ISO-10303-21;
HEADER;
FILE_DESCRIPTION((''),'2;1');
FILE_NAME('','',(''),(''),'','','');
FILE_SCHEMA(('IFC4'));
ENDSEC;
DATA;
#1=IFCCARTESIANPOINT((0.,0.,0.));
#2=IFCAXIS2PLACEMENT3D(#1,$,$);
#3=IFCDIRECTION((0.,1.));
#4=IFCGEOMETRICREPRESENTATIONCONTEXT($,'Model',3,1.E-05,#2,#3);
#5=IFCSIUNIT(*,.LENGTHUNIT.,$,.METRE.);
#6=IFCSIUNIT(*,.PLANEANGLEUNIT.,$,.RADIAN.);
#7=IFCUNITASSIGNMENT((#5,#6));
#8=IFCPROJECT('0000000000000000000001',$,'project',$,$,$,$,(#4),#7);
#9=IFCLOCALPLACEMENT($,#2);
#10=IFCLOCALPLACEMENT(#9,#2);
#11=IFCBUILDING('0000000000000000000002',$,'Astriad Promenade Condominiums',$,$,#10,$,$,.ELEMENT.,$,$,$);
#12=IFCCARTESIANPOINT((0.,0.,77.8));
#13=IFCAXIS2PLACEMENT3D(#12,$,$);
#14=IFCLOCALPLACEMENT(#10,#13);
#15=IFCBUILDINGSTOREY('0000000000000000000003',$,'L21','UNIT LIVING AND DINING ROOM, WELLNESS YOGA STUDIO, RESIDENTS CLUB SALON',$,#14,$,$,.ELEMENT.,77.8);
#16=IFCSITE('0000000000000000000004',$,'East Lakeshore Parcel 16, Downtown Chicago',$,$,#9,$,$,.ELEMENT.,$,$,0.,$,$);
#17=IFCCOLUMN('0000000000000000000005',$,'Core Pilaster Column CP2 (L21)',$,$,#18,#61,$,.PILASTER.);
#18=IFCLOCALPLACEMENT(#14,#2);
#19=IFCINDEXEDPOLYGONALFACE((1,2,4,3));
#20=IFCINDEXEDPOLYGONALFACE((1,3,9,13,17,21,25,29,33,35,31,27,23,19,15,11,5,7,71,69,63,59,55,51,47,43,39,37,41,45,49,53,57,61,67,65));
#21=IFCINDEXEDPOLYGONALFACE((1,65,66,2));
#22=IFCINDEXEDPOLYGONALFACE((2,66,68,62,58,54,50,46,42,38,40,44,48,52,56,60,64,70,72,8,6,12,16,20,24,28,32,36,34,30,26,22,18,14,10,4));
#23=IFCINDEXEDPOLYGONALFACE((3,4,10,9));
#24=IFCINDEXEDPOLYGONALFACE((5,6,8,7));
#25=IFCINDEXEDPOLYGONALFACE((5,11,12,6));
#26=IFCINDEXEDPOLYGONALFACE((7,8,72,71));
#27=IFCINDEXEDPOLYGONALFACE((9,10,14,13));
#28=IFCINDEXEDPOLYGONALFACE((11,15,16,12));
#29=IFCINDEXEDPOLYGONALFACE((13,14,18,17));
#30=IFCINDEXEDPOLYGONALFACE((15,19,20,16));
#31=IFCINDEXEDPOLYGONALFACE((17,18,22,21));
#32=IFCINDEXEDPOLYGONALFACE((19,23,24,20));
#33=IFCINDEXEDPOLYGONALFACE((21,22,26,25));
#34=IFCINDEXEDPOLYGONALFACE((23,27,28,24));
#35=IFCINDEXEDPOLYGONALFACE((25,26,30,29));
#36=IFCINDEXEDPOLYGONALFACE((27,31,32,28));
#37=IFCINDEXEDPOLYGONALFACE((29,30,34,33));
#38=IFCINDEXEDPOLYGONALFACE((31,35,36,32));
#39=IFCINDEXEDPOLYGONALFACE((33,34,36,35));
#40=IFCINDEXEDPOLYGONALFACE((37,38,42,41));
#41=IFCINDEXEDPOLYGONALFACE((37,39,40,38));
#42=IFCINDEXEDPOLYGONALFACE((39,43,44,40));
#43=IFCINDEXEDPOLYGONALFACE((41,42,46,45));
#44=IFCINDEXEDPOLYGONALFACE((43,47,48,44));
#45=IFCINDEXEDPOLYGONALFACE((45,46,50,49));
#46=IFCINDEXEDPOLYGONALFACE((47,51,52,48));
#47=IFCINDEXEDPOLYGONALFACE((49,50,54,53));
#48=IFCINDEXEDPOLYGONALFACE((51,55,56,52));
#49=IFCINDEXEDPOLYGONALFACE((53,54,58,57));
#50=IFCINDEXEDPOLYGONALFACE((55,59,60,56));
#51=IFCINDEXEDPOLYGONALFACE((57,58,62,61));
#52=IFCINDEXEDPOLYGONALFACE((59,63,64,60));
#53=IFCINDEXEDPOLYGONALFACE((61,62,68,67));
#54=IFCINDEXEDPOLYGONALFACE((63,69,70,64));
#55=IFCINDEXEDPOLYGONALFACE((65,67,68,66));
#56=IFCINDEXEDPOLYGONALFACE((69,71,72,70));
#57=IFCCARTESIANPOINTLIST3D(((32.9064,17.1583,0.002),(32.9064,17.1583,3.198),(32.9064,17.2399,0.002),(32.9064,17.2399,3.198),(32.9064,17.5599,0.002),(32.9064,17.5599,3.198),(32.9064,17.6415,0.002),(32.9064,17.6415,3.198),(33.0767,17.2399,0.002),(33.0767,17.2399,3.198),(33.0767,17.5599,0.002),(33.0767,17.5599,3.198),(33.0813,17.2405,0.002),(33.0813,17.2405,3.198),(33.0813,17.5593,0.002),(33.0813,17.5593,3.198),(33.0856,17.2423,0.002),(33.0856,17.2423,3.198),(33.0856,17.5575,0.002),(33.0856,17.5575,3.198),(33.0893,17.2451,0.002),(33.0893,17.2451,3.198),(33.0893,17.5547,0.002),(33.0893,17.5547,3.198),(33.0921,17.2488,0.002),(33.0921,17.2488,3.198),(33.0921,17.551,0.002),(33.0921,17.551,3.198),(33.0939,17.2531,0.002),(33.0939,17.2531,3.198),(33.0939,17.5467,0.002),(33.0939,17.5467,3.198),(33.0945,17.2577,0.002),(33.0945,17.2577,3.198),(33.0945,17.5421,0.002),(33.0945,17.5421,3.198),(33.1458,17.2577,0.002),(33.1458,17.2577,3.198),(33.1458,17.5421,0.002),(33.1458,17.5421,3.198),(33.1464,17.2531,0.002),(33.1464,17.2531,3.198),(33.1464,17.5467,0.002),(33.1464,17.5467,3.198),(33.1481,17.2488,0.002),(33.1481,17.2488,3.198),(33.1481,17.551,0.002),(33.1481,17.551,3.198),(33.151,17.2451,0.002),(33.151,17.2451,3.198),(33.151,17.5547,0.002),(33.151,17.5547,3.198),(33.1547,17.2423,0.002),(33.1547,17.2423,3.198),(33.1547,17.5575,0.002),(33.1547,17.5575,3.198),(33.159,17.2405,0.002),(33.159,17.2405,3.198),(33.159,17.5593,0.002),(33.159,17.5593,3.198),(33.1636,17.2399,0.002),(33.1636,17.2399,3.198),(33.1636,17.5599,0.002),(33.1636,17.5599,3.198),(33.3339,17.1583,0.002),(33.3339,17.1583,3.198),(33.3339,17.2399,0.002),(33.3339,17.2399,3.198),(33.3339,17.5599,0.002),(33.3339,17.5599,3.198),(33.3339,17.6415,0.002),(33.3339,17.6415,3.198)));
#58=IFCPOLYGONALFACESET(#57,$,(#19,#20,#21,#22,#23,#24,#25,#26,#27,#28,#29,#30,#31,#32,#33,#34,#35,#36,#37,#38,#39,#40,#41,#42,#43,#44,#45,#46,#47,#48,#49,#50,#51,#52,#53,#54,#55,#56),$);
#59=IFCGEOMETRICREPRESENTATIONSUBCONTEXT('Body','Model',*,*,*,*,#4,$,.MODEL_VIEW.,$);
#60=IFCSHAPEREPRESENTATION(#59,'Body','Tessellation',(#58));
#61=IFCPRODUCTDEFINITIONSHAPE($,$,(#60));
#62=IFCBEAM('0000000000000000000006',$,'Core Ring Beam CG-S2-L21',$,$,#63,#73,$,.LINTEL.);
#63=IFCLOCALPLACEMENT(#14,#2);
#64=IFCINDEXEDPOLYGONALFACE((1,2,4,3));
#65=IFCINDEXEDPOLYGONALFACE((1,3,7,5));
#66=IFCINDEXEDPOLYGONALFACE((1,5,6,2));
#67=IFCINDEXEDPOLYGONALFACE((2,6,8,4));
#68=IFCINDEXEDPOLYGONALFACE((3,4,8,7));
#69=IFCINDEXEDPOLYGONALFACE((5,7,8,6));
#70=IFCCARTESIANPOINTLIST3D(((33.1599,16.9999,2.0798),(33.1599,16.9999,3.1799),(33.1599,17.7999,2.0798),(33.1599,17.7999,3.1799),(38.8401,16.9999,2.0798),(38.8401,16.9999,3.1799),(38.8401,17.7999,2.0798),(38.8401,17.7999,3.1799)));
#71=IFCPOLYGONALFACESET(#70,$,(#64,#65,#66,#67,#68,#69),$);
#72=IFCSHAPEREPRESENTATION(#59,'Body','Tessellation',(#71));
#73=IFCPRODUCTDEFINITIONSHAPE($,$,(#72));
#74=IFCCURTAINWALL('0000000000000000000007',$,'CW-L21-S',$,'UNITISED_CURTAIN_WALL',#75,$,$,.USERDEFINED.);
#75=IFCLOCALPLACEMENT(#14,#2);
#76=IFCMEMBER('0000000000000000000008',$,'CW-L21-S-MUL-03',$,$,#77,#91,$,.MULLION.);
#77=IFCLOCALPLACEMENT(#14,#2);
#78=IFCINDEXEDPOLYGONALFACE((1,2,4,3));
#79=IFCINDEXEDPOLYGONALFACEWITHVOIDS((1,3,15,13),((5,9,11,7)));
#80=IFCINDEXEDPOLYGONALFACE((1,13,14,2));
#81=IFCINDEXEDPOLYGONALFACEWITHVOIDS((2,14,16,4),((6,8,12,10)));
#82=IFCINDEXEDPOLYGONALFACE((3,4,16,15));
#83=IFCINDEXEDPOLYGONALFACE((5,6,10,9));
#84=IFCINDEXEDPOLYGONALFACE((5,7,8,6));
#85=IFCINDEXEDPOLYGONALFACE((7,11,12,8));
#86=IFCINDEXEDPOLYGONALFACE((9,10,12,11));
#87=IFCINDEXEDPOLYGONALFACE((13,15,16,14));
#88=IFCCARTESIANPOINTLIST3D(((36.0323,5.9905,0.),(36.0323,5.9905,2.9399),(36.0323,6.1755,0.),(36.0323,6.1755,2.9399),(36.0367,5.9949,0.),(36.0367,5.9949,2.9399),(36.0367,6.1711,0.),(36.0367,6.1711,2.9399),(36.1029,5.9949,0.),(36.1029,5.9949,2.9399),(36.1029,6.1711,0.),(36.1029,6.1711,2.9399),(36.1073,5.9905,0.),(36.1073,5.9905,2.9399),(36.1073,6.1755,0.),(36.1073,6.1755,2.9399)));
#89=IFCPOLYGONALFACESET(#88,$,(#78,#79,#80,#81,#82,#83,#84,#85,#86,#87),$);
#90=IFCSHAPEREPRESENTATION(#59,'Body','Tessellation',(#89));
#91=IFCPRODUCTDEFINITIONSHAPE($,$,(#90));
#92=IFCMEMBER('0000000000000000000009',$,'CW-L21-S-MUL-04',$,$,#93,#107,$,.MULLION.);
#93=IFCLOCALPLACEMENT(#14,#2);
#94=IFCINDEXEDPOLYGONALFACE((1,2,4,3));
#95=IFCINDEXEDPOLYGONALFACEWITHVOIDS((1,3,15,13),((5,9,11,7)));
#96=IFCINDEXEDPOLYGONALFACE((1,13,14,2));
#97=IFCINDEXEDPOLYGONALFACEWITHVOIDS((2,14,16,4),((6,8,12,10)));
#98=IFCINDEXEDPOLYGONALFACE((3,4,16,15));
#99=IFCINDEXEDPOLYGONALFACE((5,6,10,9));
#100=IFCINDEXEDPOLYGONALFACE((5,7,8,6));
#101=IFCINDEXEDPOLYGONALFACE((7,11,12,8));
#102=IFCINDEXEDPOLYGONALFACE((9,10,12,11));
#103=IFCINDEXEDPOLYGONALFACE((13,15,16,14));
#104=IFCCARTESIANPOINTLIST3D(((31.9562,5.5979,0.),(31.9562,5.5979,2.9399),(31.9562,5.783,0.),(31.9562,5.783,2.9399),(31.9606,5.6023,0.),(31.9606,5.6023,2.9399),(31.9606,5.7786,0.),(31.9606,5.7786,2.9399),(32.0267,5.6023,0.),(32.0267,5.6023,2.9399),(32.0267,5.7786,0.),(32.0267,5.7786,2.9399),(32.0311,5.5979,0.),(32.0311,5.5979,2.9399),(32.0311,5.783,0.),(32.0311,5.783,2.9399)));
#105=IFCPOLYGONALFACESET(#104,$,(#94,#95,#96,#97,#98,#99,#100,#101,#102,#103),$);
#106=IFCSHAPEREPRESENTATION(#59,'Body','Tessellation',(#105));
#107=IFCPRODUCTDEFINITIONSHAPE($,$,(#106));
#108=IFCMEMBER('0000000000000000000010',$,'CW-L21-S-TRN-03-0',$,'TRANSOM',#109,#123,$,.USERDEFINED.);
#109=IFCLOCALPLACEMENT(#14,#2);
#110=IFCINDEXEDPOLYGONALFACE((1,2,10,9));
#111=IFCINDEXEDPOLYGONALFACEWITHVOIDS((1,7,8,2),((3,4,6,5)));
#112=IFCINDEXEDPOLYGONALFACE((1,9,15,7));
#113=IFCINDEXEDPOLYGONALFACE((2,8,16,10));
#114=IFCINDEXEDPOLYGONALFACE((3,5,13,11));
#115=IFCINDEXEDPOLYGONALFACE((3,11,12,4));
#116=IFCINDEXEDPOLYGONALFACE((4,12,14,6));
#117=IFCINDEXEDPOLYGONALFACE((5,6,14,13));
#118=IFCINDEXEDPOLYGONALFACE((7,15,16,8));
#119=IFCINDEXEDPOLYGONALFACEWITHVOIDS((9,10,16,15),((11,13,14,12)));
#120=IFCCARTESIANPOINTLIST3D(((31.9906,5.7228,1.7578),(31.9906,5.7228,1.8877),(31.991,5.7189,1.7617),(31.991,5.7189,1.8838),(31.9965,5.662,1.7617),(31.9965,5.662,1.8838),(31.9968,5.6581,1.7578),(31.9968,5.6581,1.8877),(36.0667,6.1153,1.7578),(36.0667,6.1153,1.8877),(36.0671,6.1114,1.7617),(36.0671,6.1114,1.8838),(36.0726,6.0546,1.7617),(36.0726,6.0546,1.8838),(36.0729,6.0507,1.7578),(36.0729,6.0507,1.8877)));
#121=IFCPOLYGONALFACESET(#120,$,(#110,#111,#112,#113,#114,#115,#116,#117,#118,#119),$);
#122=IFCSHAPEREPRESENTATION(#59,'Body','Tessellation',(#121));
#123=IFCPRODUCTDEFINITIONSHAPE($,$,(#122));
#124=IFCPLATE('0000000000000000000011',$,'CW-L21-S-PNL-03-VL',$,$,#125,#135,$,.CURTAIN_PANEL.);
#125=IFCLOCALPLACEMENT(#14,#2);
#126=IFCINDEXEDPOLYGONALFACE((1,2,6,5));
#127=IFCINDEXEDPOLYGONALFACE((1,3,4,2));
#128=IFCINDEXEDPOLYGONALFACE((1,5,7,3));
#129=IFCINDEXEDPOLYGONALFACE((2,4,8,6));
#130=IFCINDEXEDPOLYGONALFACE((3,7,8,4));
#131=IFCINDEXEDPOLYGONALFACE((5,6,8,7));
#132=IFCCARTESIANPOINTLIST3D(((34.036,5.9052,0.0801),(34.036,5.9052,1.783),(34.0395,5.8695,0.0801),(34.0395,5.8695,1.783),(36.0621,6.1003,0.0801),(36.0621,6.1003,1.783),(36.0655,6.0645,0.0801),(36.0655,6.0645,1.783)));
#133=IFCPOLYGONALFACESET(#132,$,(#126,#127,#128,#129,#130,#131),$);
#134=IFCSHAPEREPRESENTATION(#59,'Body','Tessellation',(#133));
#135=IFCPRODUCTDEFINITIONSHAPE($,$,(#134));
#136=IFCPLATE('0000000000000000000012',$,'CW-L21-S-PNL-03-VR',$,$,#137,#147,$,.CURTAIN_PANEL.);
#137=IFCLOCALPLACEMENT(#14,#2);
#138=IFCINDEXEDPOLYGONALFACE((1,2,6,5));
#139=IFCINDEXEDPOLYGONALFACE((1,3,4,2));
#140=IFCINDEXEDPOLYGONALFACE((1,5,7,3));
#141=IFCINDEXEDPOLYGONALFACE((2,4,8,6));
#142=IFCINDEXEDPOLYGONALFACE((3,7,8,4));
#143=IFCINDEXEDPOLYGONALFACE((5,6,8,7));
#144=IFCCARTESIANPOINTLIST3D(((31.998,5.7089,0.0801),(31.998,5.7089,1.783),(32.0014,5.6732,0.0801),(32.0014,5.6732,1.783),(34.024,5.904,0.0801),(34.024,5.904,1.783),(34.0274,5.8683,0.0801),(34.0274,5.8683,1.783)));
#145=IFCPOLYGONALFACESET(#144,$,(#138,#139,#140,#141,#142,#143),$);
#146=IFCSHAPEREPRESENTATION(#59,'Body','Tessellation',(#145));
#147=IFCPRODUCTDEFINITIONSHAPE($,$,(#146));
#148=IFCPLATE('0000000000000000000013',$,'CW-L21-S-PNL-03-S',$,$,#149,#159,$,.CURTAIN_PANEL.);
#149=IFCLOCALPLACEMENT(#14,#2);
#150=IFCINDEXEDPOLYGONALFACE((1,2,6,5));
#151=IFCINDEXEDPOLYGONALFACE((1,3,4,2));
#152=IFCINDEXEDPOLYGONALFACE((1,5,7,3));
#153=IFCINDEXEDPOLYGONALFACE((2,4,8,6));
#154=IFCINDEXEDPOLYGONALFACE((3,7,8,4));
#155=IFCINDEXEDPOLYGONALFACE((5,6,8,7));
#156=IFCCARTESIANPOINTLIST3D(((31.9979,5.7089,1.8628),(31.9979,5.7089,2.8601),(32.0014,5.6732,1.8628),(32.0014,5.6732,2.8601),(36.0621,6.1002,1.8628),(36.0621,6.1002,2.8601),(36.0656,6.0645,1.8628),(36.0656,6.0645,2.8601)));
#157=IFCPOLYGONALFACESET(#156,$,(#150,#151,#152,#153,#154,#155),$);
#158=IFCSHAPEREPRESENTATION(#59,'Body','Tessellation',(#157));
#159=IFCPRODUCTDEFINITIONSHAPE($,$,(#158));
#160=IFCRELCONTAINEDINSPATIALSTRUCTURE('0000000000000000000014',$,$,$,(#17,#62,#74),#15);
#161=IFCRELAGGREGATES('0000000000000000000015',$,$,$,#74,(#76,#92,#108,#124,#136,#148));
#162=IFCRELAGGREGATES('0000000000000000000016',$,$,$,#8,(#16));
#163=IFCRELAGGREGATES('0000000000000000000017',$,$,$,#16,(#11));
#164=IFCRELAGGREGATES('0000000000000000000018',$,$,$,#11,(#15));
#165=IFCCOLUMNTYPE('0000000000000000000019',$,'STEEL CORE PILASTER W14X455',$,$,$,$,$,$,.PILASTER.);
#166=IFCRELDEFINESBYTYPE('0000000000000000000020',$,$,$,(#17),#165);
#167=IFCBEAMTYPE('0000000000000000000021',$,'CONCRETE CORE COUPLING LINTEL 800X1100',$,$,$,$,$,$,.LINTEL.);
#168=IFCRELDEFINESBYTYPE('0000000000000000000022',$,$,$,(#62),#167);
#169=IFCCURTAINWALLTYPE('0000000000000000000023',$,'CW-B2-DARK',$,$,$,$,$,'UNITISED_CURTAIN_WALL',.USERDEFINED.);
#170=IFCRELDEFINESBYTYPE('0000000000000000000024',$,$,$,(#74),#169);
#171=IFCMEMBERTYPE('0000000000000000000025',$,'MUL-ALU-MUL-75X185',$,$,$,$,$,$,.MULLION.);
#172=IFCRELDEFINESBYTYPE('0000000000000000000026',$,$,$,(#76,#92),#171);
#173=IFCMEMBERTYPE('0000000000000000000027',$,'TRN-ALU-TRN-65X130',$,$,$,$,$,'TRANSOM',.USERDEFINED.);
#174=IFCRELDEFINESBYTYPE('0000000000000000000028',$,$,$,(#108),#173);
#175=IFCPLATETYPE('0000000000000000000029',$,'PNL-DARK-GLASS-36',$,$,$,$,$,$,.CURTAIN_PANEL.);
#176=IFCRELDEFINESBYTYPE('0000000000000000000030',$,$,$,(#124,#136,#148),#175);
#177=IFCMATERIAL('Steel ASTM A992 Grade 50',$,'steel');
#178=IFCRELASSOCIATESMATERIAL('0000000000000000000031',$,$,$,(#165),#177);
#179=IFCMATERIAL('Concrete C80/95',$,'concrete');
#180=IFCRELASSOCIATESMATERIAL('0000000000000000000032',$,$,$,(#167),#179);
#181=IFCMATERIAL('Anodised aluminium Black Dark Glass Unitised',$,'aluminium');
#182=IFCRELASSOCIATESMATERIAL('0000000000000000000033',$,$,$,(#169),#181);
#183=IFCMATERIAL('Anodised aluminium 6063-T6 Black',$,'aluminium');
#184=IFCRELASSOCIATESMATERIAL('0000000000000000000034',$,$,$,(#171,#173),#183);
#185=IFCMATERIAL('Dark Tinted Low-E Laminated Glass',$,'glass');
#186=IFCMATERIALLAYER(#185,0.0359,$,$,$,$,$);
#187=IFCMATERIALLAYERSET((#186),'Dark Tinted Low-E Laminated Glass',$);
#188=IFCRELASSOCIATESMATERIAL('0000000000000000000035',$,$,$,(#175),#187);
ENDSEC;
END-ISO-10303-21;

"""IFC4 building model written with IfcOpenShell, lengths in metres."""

from ifc_helpers import new_model, si_unit, direction, frame, origin, origin_2d, place, context, subcontext, project, spatial, rectangle, hollow_rectangle, i_section, extrude, source, transform, mapped, material, layer, layer_set, material_profile, profile_set, type_object, type_shapes, element, aggregate, save


model = new_model("IFC4")

# Units and contexts
model_context = context("Model", 3, precision=1e-05, world=origin(), true_north=direction((0.0, 1.0)))
body_context = subcontext(model_context, "Body", "Model", "MODEL_VIEW")
ifc_project = project(units=[si_unit("LENGTHUNIT", "METRE"), si_unit("PLANEANGLEUNIT", "RADIAN")], contexts=[model_context])

# Site, building, storey
site_placement = place(None, origin())
site = spatial("IfcSite", under=ifc_project, at=site_placement, Name="East Lakeshore Parcel 16, Downtown Chicago", CompositionType="ELEMENT", RefElevation=0.0)
building_placement = place(site_placement, origin())
building = spatial("IfcBuilding", under=site, at=building_placement, Name="Astriad Promenade Condominiums", CompositionType="ELEMENT")
storey_placement = place(building_placement, frame((0.0, 0.0, 77.8)))
storey = spatial("IfcBuildingStorey", under=building, at=storey_placement, Name="L21", Description="UNIT LIVING AND DINING ROOM, WELLNESS YOGA STUDIO, RESIDENTS CLUB SALON", CompositionType="ELEMENT", Elevation=77.8)

# Column
ifc_material_1 = material(Name="Steel ASTM A992 Grade 50", Category="steel")
ifc_material_profile_1 = material_profile(ifc_material_1, i_section(OverallWidth=0.4275, OverallDepth=0.4832, WebThickness=0.0513, FlangeThickness=0.0815, FilletRadius=0.0178, at=origin_2d()), Name="W14X455")
ifc_profile_set_1 = profile_set([ifc_material_profile_1], Name="Steel ASTM A992 Grade 50")
column_type = type_object("IfcColumnType", Name="STEEL CORE PILASTER W14X455", PredefinedType="PILASTER", material=ifc_profile_set_1)
shared_shape_1 = source(origin(), body_context, "Body", "SweptSolid", [
    extrude(i_section(OverallWidth=0.4275, OverallDepth=0.4832, WebThickness=0.0513, FlangeThickness=0.0815, FilletRadius=0.0178, at=origin_2d()), origin(), (0.0, 0.0, 1.0), 3.196),
])
type_shapes(column_type, [shared_shape_1])
column_placement = place(storey_placement, frame((33.1201, 17.3999, 0.002), z_axis=(0.0, 0.0, 1.0), x_axis=(1.0, 0.0, 0.0)))
element("IfcColumn", 1, at=column_placement, inside=storey, type_object=column_type, Name="Core Pilaster Column CP2 (L21)", PredefinedType="PILASTER", context=body_context, shape_type="MappedRepresentation", body=[
    mapped(shared_shape_1, transform((0.0, 0.0, 0.0), scale=1.0)),
])

# Beam
ifc_material_2 = material(Name="Concrete C80/95", Category="concrete")
ifc_material_profile_2 = material_profile(ifc_material_2, rectangle(XDim=0.8, YDim=1.1001, at=origin_2d()), Name="RC-BM-800X1100")
ifc_profile_set_2 = profile_set([ifc_material_profile_2], Name="Concrete C80/95")
beam_type = type_object("IfcBeamType", Name="CONCRETE CORE COUPLING LINTEL 800X1100", PredefinedType="LINTEL", material=ifc_profile_set_2)
shared_shape_2 = source(origin(), body_context, "Body", "SweptSolid", [
    extrude(rectangle(XDim=0.8, YDim=1.1001, at=origin_2d()), origin(), (0.0, 0.0, 1.0), 5.6802),
])
type_shapes(beam_type, [shared_shape_2])
beam_placement = place(storey_placement, frame((33.1599, 17.3999, 2.6299), z_axis=(1.0, 0.0, 0.0), x_axis=(0.0, 1.0, 0.0)))
element("IfcBeam", 2, at=beam_placement, inside=storey, type_object=beam_type, Name="Core Ring Beam CG-S2-L21", PredefinedType="LINTEL", context=body_context, shape_type="MappedRepresentation", body=[
    mapped(shared_shape_2, transform((0.0, 0.0, 0.0), scale=1.0)),
])

# Curtain wall, members, plates
ifc_material_3 = material(Name="Anodised aluminium Black Dark Glass Unitised", Category="aluminium")
curtain_wall_type = type_object("IfcCurtainWallType", Name="CW-B2-DARK", ElementType="UNITISED_CURTAIN_WALL", PredefinedType="USERDEFINED", material=ifc_material_3)
curtain_wall_placement = place(storey_placement, origin())
curtain_wall = element("IfcCurtainWall", 3, at=curtain_wall_placement, inside=storey, type_object=curtain_wall_type, Name="CW-L21-S", ObjectType="UNITISED_CURTAIN_WALL", PredefinedType="USERDEFINED")
ifc_material_4 = material(Name="Anodised aluminium 6063-T6 Black", Category="aluminium")
ifc_material_profile_3 = material_profile(ifc_material_4, hollow_rectangle(XDim=0.075, YDim=0.1851, WallThickness=0.0044, at=origin_2d()), Name="ALU-MUL-75X185")
ifc_profile_set_3 = profile_set([ifc_material_profile_3], Name="Anodised aluminium 6063-T6 Black")
member_type_1 = type_object("IfcMemberType", Name="MUL-ALU-MUL-75X185", PredefinedType="MULLION", material=ifc_profile_set_3)
shared_shape_3 = source(origin(), body_context, "Body", "SweptSolid", [
    extrude(hollow_rectangle(XDim=0.075, YDim=0.1851, WallThickness=0.0044, at=origin_2d()), origin(), (0.0, 0.0, 1.0), 2.9399),
])
type_shapes(member_type_1, [shared_shape_3])
member_1_placement = place(storey_placement, frame((36.0698, 6.083, 0.0), z_axis=(0.0, 0.0, 1.0), x_axis=(1.0, 0.0, 0.0)))
member_1 = element("IfcMember", 4, at=member_1_placement, type_object=member_type_1, Name="CW-L21-S-MUL-03", PredefinedType="MULLION", context=body_context, shape_type="MappedRepresentation", body=[
    mapped(shared_shape_3, transform((0.0, 0.0, 0.0), scale=1.0)),
])
member_2_placement = place(storey_placement, frame((31.9937, 5.6904, 0.0), z_axis=(0.0, 0.0, 1.0), x_axis=(1.0, 0.0, 0.0)))
member_2 = element("IfcMember", 5, at=member_2_placement, type_object=member_type_1, Name="CW-L21-S-MUL-04", PredefinedType="MULLION", context=body_context, shape_type="MappedRepresentation", body=[
    mapped(shared_shape_3, transform((0.0, 0.0, 0.0), scale=1.0)),
])
ifc_material_profile_4 = material_profile(ifc_material_4, hollow_rectangle(XDim=0.0649, YDim=0.1299, WallThickness=0.0039, at=origin_2d()), Name="ALU-TRN-65X130")
ifc_profile_set_4 = profile_set([ifc_material_profile_4], Name="Anodised aluminium 6063-T6 Black")
member_type_2 = type_object("IfcMemberType", Name="TRN-ALU-TRN-65X130", ElementType="TRANSOM", PredefinedType="USERDEFINED", material=ifc_profile_set_4)
shared_shape_4 = source(origin(), body_context, "Body", "SweptSolid", [
    extrude(hollow_rectangle(XDim=0.0649, YDim=0.1299, WallThickness=0.0039, at=origin_2d()), origin(), (0.0, 0.0, 1.0), 4.095),
])
type_shapes(member_type_2, [shared_shape_4])
member_3_placement = place(storey_placement, frame((36.0698, 6.083, 1.8228), z_axis=(-0.995394, -0.095867, 0.0), x_axis=(0.095867, -0.995394, 0.0)))
member_3 = element("IfcMember", 6, at=member_3_placement, type_object=member_type_2, Name="CW-L21-S-TRN-03-0", ObjectType="TRANSOM", PredefinedType="USERDEFINED", context=body_context, shape_type="MappedRepresentation", body=[
    mapped(shared_shape_4, transform((0.0, 0.0, 0.0), scale=1.0)),
])
ifc_material_5 = material(Name="Dark Tinted Low-E Laminated Glass", Category="glass")
ifc_layer_1 = layer(ifc_material_5, 0.0359)
ifc_layer_set_1 = layer_set([ifc_layer_1], Name="Dark Tinted Low-E Laminated Glass")
plate_type = type_object("IfcPlateType", Name="PNL-DARK-GLASS-36", PredefinedType="CURTAIN_PANEL", material=ifc_layer_set_1)
shared_shape_5 = source(origin(), body_context, "Body", "SweptSolid", [
    extrude(rectangle(XDim=2.0354, YDim=0.0359, at=origin_2d()), origin(), (0.0, 0.0, 1.0), 1.7029),
])
plate_1_placement = place(storey_placement, frame((35.0508, 5.9849, 0.0801), z_axis=(0.0, 0.0, 1.0), x_axis=(-0.995396, -0.095846, 0.0)))
plate_1 = element("IfcPlate", 7, at=plate_1_placement, type_object=plate_type, Name="CW-L21-S-PNL-03-VL", PredefinedType="CURTAIN_PANEL", context=body_context, shape_type="MappedRepresentation", body=[
    mapped(shared_shape_5, transform((0.0, 0.0, 0.0), scale=1.0)),
])
plate_2_placement = place(storey_placement, frame((33.0127, 5.7886, 0.0801), z_axis=(0.0, 0.0, 1.0), x_axis=(-0.995396, -0.095846, 0.0)))
plate_2 = element("IfcPlate", 8, at=plate_2_placement, type_object=plate_type, Name="CW-L21-S-PNL-03-VR", PredefinedType="CURTAIN_PANEL", context=body_context, shape_type="MappedRepresentation", body=[
    mapped(shared_shape_5, transform((0.0, 0.0, 0.0), scale=1.0)),
])
shared_shape_6 = source(origin(), body_context, "Body", "SweptSolid", [
    extrude(rectangle(XDim=4.083, YDim=0.0359, at=origin_2d()), origin(), (0.0, 0.0, 1.0), 0.9973),
])
type_shapes(plate_type, [shared_shape_5, shared_shape_6])
plate_3_placement = place(storey_placement, frame((34.0317, 5.8867, 1.8628), z_axis=(0.0, 0.0, 1.0), x_axis=(-0.995396, -0.095846, 0.0)))
plate_3 = element("IfcPlate", 9, at=plate_3_placement, type_object=plate_type, Name="CW-L21-S-PNL-03-S", PredefinedType="CURTAIN_PANEL", context=body_context, shape_type="MappedRepresentation", body=[
    mapped(shared_shape_6, transform((0.0, 0.0, 0.0), scale=1.0)),
])
aggregate(curtain_wall, [member_1, member_2, member_3, plate_1, plate_2, plate_3])

save(model, "model.ifc")
